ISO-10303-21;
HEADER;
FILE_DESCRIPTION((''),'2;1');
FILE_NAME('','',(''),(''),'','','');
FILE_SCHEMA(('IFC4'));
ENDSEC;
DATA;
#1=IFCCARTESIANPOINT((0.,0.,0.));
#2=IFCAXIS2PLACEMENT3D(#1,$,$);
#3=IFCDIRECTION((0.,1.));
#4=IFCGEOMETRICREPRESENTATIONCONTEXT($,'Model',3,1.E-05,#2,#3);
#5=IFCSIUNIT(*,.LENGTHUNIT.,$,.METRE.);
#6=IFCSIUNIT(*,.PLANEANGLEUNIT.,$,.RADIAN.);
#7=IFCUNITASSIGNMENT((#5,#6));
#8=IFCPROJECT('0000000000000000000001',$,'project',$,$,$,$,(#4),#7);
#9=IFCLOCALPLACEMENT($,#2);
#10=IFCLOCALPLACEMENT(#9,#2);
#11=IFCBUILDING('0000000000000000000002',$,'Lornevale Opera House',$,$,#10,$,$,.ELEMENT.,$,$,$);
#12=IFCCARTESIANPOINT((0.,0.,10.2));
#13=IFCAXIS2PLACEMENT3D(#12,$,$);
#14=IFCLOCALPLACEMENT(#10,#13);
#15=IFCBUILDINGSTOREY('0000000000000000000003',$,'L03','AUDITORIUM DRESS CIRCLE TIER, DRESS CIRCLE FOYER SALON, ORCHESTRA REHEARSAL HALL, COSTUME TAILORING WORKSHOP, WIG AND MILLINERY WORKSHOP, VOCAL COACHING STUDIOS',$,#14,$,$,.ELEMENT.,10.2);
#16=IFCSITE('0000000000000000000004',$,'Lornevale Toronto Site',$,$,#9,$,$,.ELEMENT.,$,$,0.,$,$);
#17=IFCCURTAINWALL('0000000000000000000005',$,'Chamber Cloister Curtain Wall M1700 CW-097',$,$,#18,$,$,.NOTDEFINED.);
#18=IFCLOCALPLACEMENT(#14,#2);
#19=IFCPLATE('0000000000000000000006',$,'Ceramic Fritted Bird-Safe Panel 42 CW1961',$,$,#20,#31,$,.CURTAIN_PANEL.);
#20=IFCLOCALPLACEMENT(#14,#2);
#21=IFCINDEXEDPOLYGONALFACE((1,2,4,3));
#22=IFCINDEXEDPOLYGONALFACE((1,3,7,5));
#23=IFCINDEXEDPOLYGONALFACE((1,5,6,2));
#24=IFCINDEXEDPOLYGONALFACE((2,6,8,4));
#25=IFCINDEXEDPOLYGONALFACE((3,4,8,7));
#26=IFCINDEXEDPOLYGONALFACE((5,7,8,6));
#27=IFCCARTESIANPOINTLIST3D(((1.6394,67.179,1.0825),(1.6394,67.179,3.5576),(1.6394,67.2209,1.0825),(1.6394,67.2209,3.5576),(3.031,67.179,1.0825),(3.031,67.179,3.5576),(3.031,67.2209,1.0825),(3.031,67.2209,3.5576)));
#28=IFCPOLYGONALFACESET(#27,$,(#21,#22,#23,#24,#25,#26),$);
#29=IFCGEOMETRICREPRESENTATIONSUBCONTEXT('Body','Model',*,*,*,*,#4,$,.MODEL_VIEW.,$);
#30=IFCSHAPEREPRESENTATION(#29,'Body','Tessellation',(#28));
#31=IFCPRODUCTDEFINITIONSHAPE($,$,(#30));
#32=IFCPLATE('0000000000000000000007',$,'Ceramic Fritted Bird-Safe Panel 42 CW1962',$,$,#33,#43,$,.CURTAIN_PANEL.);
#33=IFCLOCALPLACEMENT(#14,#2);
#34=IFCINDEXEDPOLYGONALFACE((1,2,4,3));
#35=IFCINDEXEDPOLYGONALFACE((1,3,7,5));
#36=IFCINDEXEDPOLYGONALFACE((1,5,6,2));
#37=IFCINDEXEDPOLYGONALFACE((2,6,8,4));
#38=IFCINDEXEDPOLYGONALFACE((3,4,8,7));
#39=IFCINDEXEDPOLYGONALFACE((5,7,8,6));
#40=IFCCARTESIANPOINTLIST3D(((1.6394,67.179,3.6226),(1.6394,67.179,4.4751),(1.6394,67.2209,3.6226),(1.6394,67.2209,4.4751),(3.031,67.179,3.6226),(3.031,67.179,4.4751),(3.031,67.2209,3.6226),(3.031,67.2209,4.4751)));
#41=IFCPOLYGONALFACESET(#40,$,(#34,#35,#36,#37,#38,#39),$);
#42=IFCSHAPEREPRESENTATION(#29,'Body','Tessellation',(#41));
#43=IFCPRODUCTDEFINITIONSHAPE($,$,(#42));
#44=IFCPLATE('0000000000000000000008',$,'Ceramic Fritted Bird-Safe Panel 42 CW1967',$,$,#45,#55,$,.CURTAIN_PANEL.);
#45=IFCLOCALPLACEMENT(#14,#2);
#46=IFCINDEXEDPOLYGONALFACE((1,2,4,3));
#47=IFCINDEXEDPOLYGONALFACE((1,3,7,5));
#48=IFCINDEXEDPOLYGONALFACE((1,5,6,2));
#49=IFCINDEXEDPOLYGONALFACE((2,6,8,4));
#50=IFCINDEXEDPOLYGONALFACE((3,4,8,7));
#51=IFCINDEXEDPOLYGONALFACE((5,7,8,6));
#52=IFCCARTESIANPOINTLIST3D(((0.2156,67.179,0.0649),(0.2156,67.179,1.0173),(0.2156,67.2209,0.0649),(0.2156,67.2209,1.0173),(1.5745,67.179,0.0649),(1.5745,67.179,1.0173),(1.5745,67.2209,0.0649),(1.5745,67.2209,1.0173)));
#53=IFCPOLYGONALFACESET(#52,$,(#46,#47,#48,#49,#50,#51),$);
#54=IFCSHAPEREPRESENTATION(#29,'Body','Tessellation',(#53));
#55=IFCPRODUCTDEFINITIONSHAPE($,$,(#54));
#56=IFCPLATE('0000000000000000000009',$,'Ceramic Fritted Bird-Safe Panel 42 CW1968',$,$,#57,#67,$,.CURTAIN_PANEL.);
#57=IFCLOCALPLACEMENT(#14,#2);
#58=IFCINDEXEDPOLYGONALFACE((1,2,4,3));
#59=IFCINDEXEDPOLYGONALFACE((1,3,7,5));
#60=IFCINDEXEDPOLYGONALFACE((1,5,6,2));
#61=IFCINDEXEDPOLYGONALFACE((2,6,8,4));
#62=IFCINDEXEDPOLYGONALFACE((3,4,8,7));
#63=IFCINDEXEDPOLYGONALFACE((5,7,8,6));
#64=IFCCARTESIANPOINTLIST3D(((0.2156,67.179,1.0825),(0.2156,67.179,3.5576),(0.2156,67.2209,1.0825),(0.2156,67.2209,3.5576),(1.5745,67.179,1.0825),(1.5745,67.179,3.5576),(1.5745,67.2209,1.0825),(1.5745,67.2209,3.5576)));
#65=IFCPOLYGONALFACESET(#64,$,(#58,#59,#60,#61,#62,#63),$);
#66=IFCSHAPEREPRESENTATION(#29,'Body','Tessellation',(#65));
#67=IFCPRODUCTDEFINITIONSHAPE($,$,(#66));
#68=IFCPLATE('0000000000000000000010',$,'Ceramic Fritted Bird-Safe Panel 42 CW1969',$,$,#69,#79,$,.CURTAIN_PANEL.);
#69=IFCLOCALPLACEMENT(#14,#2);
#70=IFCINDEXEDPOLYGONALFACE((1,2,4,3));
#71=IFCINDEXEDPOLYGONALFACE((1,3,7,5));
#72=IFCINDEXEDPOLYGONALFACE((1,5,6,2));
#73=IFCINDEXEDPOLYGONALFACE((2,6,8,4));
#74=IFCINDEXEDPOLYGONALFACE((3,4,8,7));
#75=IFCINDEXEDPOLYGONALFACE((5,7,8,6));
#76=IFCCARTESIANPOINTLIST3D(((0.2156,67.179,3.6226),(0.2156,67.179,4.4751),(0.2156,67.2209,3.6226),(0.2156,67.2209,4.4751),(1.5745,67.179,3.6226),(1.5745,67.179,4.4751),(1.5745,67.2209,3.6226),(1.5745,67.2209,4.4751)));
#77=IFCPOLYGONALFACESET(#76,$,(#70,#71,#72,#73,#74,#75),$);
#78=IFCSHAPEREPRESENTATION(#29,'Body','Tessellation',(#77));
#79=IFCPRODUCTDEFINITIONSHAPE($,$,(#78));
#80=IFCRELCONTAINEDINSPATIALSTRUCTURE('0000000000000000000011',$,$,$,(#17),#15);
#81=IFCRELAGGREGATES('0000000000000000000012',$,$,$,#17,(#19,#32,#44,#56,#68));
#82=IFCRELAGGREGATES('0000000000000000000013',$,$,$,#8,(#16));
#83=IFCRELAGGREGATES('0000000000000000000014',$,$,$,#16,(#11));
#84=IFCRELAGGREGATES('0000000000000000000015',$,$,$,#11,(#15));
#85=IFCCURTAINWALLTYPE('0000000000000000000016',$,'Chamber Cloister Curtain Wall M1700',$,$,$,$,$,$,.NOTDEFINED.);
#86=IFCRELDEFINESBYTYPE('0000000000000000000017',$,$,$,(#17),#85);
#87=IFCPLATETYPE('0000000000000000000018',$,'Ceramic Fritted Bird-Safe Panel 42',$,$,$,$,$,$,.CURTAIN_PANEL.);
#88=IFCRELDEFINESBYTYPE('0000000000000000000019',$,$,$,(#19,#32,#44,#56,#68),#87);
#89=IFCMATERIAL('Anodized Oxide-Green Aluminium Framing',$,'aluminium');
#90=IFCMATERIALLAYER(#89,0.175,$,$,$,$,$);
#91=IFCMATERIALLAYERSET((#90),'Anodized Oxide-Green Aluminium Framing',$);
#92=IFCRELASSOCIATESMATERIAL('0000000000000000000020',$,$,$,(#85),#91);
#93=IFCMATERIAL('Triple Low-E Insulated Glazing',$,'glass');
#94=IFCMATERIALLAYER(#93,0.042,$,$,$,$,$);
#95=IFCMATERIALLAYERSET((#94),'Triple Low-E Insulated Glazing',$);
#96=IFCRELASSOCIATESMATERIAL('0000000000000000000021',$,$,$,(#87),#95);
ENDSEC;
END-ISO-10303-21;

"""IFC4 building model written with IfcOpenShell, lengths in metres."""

from ifc_helpers import new_model, si_unit, direction, frame, origin, origin_2d, place, context, subcontext, project, spatial, rectangle, extrude, material, layer, layer_set, type_object, element, aggregate, save


model = new_model("IFC4")

# Units and contexts
model_context = context("Model", 3, precision=1e-05, world=origin(), true_north=direction((0.0, 1.0)))
body_context = subcontext(model_context, "Body", "Model", "MODEL_VIEW")
ifc_project = project(units=[si_unit("LENGTHUNIT", "METRE"), si_unit("PLANEANGLEUNIT", "RADIAN")], contexts=[model_context])

# Site, building, storey
site_placement = place(None, origin())
site = spatial("IfcSite", under=ifc_project, at=site_placement, Name="Lornevale Toronto Site", CompositionType="ELEMENT", RefElevation=0.0)
building_placement = place(site_placement, origin())
building = spatial("IfcBuilding", under=site, at=building_placement, Name="Lornevale Opera House", CompositionType="ELEMENT")
storey_placement = place(building_placement, frame((0.0, 0.0, 10.2)))
storey = spatial("IfcBuildingStorey", under=building, at=storey_placement, Name="L03", Description="AUDITORIUM DRESS CIRCLE TIER, DRESS CIRCLE FOYER SALON, ORCHESTRA REHEARSAL HALL, COSTUME TAILORING WORKSHOP, WIG AND MILLINERY WORKSHOP, VOCAL COACHING STUDIOS", CompositionType="ELEMENT", Elevation=10.2)

# Curtain wall
ifc_material_1 = material(Name="Anodized Oxide-Green Aluminium Framing", Category="aluminium")
ifc_layer_1 = layer(ifc_material_1, 0.175)
ifc_layer_set_1 = layer_set([ifc_layer_1], Name="Anodized Oxide-Green Aluminium Framing")
curtain_wall_type = type_object("IfcCurtainWallType", Name="Chamber Cloister Curtain Wall M1700", PredefinedType="NOTDEFINED", material=ifc_layer_set_1)
curtain_wall_1_placement = place(storey_placement, origin())
curtain_wall_1 = element("IfcCurtainWall", 1, at=curtain_wall_1_placement, inside=storey, type_object=curtain_wall_type, Name="Chamber Cloister Curtain Wall M1700 CW-097", PredefinedType="NOTDEFINED")

# Plates
ifc_material_2 = material(Name="Triple Low-E Insulated Glazing", Category="glass")
ifc_layer_2 = layer(ifc_material_2, 0.042)
ifc_layer_set_2 = layer_set([ifc_layer_2], Name="Triple Low-E Insulated Glazing")
plate_type = type_object("IfcPlateType", Name="Ceramic Fritted Bird-Safe Panel 42", PredefinedType="CURTAIN_PANEL", material=ifc_layer_set_2)
plate_1_placement = place(storey_placement, frame((2.3352, 67.2, 1.0825), z_axis=(0.0, 0.0, 1.0), x_axis=(-1.0, 0.0, 0.0)))
plate_1 = element("IfcPlate", 2, at=plate_1_placement, type_object=plate_type, Name="Ceramic Fritted Bird-Safe Panel 42 CW1961", PredefinedType="CURTAIN_PANEL", context=body_context, shape_type="SweptSolid", body=[
    extrude(rectangle(XDim=1.3916, YDim=0.042, at=origin_2d()), origin(), (0.0, 0.0, 1.0), 2.4751),
])
plate_2_placement = place(storey_placement, frame((2.3352, 67.2, 3.6226), z_axis=(0.0, 0.0, 1.0), x_axis=(-1.0, 0.0, 0.0)))
plate_2 = element("IfcPlate", 3, at=plate_2_placement, type_object=plate_type, Name="Ceramic Fritted Bird-Safe Panel 42 CW1962", PredefinedType="CURTAIN_PANEL", context=body_context, shape_type="SweptSolid", body=[
    extrude(rectangle(XDim=1.3916, YDim=0.042, at=origin_2d()), origin(), (0.0, 0.0, 1.0), 0.8525),
])
plate_3_placement = place(storey_placement, frame((0.895, 67.2, 0.0649), z_axis=(0.0, 0.0, 1.0), x_axis=(-1.0, 0.0, 0.0)))
plate_3 = element("IfcPlate", 4, at=plate_3_placement, type_object=plate_type, Name="Ceramic Fritted Bird-Safe Panel 42 CW1967", PredefinedType="CURTAIN_PANEL", context=body_context, shape_type="SweptSolid", body=[
    extrude(rectangle(XDim=1.3589, YDim=0.042, at=origin_2d()), origin(), (0.0, 0.0, 1.0), 0.9524),
])
plate_4_placement = place(storey_placement, frame((0.895, 67.2, 1.0825), z_axis=(0.0, 0.0, 1.0), x_axis=(-1.0, 0.0, 0.0)))
plate_4 = element("IfcPlate", 5, at=plate_4_placement, type_object=plate_type, Name="Ceramic Fritted Bird-Safe Panel 42 CW1968", PredefinedType="CURTAIN_PANEL", context=body_context, shape_type="SweptSolid", body=[
    extrude(rectangle(XDim=1.3589, YDim=0.042, at=origin_2d()), origin(), (0.0, 0.0, 1.0), 2.4751),
])
plate_5_placement = place(storey_placement, frame((0.895, 67.2, 3.6226), z_axis=(0.0, 0.0, 1.0), x_axis=(-1.0, 0.0, 0.0)))
plate_5 = element("IfcPlate", 6, at=plate_5_placement, type_object=plate_type, Name="Ceramic Fritted Bird-Safe Panel 42 CW1969", PredefinedType="CURTAIN_PANEL", context=body_context, shape_type="SweptSolid", body=[
    extrude(rectangle(XDim=1.3589, YDim=0.042, at=origin_2d()), origin(), (0.0, 0.0, 1.0), 0.8525),
])
aggregate(curtain_wall_1, [plate_1, plate_2, plate_3, plate_4, plate_5])

save(model, "model.ifc")
